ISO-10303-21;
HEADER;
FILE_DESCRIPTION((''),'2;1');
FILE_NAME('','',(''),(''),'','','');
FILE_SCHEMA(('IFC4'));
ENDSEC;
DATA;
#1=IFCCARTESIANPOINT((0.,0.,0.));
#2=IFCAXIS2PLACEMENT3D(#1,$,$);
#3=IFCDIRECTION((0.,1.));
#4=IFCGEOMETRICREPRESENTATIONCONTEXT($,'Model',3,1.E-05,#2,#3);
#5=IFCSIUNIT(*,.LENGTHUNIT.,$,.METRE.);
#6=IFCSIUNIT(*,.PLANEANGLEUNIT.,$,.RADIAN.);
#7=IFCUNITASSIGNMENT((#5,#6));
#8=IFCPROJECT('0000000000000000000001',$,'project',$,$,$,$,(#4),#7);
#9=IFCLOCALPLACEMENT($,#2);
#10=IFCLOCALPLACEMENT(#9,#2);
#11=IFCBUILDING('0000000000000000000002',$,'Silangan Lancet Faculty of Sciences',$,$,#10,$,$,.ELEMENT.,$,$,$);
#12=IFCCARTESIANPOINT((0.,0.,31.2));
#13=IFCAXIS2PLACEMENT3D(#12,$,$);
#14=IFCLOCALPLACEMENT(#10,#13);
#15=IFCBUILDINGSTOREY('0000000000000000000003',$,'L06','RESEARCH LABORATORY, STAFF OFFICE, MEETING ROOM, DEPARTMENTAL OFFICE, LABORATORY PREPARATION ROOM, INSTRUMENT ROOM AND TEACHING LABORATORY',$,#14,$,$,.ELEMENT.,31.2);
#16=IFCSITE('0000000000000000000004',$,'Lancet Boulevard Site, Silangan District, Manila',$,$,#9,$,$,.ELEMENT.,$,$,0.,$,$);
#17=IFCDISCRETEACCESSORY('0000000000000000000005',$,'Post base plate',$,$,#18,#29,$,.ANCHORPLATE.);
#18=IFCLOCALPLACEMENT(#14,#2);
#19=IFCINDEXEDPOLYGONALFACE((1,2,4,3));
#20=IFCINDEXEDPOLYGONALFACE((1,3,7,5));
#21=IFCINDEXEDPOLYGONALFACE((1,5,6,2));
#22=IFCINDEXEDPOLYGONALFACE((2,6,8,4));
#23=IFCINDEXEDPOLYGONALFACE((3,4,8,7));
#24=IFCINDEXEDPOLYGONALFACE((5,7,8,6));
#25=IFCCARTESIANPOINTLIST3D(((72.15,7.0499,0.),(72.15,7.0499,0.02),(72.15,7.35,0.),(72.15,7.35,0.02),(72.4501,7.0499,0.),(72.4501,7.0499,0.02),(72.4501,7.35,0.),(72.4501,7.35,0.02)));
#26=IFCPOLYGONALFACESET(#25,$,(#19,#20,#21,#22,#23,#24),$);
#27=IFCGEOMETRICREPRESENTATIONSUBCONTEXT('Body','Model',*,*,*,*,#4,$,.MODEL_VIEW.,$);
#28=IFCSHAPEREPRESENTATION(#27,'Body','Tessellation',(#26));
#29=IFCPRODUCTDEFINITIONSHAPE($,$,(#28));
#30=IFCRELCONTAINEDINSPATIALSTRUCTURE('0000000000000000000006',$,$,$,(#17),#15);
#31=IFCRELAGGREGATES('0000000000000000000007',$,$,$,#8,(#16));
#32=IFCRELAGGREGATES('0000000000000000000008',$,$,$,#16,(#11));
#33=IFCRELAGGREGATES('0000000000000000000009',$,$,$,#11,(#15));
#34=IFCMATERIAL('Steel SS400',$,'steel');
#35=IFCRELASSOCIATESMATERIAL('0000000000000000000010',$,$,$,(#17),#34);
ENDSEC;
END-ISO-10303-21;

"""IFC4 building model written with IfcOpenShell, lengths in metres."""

from ifc_helpers import new_model, si_unit, direction, frame, origin, origin_2d, place, context, subcontext, project, spatial, rectangle, extrude, material, element, save


model = new_model("IFC4")

# Units and contexts
model_context = context("Model", 3, precision=1e-05, world=origin(), true_north=direction((0.0, 1.0)))
body_context = subcontext(model_context, "Body", "Model", "MODEL_VIEW")
ifc_project = project(units=[si_unit("LENGTHUNIT", "METRE"), si_unit("PLANEANGLEUNIT", "RADIAN")], contexts=[model_context])

# Site, building, storey
site_placement = place(None, origin())
site = spatial("IfcSite", under=ifc_project, at=site_placement, Name="Lancet Boulevard Site, Silangan District, Manila", CompositionType="ELEMENT", RefElevation=0.0)
building_placement = place(site_placement, origin())
building = spatial("IfcBuilding", under=site, at=building_placement, Name="Silangan Lancet Faculty of Sciences", CompositionType="ELEMENT")
storey_placement = place(building_placement, frame((0.0, 0.0, 31.2)))
storey = spatial("IfcBuildingStorey", under=building, at=storey_placement, Name="L06", Description="RESEARCH LABORATORY, STAFF OFFICE, MEETING ROOM, DEPARTMENTAL OFFICE, LABORATORY PREPARATION ROOM, INSTRUMENT ROOM AND TEACHING LABORATORY", CompositionType="ELEMENT", Elevation=31.2)

# Discrete accessory
ifc_material_1 = material(Name="Steel SS400", Category="steel")
for number, where, z_axis, x_axis, name in (
    (1, (72.3, 7.2, 0.0), (0.0, 0.0, 1.0), (1.0, 0.0, 0.0), "Post base plate"),
):
    element("IfcDiscreteAccessory", number, at=place(storey_placement, frame(where, z_axis=z_axis, x_axis=x_axis)), inside=storey, material=ifc_material_1, Name=name, PredefinedType="ANCHORPLATE", context=body_context, shape_type="SweptSolid", body=[
        extrude(rectangle(XDim=0.3, YDim=0.3, at=origin_2d()), origin(), (0.0, 0.0, 1.0), 0.02),
    ])

save(model, "model.ifc")
